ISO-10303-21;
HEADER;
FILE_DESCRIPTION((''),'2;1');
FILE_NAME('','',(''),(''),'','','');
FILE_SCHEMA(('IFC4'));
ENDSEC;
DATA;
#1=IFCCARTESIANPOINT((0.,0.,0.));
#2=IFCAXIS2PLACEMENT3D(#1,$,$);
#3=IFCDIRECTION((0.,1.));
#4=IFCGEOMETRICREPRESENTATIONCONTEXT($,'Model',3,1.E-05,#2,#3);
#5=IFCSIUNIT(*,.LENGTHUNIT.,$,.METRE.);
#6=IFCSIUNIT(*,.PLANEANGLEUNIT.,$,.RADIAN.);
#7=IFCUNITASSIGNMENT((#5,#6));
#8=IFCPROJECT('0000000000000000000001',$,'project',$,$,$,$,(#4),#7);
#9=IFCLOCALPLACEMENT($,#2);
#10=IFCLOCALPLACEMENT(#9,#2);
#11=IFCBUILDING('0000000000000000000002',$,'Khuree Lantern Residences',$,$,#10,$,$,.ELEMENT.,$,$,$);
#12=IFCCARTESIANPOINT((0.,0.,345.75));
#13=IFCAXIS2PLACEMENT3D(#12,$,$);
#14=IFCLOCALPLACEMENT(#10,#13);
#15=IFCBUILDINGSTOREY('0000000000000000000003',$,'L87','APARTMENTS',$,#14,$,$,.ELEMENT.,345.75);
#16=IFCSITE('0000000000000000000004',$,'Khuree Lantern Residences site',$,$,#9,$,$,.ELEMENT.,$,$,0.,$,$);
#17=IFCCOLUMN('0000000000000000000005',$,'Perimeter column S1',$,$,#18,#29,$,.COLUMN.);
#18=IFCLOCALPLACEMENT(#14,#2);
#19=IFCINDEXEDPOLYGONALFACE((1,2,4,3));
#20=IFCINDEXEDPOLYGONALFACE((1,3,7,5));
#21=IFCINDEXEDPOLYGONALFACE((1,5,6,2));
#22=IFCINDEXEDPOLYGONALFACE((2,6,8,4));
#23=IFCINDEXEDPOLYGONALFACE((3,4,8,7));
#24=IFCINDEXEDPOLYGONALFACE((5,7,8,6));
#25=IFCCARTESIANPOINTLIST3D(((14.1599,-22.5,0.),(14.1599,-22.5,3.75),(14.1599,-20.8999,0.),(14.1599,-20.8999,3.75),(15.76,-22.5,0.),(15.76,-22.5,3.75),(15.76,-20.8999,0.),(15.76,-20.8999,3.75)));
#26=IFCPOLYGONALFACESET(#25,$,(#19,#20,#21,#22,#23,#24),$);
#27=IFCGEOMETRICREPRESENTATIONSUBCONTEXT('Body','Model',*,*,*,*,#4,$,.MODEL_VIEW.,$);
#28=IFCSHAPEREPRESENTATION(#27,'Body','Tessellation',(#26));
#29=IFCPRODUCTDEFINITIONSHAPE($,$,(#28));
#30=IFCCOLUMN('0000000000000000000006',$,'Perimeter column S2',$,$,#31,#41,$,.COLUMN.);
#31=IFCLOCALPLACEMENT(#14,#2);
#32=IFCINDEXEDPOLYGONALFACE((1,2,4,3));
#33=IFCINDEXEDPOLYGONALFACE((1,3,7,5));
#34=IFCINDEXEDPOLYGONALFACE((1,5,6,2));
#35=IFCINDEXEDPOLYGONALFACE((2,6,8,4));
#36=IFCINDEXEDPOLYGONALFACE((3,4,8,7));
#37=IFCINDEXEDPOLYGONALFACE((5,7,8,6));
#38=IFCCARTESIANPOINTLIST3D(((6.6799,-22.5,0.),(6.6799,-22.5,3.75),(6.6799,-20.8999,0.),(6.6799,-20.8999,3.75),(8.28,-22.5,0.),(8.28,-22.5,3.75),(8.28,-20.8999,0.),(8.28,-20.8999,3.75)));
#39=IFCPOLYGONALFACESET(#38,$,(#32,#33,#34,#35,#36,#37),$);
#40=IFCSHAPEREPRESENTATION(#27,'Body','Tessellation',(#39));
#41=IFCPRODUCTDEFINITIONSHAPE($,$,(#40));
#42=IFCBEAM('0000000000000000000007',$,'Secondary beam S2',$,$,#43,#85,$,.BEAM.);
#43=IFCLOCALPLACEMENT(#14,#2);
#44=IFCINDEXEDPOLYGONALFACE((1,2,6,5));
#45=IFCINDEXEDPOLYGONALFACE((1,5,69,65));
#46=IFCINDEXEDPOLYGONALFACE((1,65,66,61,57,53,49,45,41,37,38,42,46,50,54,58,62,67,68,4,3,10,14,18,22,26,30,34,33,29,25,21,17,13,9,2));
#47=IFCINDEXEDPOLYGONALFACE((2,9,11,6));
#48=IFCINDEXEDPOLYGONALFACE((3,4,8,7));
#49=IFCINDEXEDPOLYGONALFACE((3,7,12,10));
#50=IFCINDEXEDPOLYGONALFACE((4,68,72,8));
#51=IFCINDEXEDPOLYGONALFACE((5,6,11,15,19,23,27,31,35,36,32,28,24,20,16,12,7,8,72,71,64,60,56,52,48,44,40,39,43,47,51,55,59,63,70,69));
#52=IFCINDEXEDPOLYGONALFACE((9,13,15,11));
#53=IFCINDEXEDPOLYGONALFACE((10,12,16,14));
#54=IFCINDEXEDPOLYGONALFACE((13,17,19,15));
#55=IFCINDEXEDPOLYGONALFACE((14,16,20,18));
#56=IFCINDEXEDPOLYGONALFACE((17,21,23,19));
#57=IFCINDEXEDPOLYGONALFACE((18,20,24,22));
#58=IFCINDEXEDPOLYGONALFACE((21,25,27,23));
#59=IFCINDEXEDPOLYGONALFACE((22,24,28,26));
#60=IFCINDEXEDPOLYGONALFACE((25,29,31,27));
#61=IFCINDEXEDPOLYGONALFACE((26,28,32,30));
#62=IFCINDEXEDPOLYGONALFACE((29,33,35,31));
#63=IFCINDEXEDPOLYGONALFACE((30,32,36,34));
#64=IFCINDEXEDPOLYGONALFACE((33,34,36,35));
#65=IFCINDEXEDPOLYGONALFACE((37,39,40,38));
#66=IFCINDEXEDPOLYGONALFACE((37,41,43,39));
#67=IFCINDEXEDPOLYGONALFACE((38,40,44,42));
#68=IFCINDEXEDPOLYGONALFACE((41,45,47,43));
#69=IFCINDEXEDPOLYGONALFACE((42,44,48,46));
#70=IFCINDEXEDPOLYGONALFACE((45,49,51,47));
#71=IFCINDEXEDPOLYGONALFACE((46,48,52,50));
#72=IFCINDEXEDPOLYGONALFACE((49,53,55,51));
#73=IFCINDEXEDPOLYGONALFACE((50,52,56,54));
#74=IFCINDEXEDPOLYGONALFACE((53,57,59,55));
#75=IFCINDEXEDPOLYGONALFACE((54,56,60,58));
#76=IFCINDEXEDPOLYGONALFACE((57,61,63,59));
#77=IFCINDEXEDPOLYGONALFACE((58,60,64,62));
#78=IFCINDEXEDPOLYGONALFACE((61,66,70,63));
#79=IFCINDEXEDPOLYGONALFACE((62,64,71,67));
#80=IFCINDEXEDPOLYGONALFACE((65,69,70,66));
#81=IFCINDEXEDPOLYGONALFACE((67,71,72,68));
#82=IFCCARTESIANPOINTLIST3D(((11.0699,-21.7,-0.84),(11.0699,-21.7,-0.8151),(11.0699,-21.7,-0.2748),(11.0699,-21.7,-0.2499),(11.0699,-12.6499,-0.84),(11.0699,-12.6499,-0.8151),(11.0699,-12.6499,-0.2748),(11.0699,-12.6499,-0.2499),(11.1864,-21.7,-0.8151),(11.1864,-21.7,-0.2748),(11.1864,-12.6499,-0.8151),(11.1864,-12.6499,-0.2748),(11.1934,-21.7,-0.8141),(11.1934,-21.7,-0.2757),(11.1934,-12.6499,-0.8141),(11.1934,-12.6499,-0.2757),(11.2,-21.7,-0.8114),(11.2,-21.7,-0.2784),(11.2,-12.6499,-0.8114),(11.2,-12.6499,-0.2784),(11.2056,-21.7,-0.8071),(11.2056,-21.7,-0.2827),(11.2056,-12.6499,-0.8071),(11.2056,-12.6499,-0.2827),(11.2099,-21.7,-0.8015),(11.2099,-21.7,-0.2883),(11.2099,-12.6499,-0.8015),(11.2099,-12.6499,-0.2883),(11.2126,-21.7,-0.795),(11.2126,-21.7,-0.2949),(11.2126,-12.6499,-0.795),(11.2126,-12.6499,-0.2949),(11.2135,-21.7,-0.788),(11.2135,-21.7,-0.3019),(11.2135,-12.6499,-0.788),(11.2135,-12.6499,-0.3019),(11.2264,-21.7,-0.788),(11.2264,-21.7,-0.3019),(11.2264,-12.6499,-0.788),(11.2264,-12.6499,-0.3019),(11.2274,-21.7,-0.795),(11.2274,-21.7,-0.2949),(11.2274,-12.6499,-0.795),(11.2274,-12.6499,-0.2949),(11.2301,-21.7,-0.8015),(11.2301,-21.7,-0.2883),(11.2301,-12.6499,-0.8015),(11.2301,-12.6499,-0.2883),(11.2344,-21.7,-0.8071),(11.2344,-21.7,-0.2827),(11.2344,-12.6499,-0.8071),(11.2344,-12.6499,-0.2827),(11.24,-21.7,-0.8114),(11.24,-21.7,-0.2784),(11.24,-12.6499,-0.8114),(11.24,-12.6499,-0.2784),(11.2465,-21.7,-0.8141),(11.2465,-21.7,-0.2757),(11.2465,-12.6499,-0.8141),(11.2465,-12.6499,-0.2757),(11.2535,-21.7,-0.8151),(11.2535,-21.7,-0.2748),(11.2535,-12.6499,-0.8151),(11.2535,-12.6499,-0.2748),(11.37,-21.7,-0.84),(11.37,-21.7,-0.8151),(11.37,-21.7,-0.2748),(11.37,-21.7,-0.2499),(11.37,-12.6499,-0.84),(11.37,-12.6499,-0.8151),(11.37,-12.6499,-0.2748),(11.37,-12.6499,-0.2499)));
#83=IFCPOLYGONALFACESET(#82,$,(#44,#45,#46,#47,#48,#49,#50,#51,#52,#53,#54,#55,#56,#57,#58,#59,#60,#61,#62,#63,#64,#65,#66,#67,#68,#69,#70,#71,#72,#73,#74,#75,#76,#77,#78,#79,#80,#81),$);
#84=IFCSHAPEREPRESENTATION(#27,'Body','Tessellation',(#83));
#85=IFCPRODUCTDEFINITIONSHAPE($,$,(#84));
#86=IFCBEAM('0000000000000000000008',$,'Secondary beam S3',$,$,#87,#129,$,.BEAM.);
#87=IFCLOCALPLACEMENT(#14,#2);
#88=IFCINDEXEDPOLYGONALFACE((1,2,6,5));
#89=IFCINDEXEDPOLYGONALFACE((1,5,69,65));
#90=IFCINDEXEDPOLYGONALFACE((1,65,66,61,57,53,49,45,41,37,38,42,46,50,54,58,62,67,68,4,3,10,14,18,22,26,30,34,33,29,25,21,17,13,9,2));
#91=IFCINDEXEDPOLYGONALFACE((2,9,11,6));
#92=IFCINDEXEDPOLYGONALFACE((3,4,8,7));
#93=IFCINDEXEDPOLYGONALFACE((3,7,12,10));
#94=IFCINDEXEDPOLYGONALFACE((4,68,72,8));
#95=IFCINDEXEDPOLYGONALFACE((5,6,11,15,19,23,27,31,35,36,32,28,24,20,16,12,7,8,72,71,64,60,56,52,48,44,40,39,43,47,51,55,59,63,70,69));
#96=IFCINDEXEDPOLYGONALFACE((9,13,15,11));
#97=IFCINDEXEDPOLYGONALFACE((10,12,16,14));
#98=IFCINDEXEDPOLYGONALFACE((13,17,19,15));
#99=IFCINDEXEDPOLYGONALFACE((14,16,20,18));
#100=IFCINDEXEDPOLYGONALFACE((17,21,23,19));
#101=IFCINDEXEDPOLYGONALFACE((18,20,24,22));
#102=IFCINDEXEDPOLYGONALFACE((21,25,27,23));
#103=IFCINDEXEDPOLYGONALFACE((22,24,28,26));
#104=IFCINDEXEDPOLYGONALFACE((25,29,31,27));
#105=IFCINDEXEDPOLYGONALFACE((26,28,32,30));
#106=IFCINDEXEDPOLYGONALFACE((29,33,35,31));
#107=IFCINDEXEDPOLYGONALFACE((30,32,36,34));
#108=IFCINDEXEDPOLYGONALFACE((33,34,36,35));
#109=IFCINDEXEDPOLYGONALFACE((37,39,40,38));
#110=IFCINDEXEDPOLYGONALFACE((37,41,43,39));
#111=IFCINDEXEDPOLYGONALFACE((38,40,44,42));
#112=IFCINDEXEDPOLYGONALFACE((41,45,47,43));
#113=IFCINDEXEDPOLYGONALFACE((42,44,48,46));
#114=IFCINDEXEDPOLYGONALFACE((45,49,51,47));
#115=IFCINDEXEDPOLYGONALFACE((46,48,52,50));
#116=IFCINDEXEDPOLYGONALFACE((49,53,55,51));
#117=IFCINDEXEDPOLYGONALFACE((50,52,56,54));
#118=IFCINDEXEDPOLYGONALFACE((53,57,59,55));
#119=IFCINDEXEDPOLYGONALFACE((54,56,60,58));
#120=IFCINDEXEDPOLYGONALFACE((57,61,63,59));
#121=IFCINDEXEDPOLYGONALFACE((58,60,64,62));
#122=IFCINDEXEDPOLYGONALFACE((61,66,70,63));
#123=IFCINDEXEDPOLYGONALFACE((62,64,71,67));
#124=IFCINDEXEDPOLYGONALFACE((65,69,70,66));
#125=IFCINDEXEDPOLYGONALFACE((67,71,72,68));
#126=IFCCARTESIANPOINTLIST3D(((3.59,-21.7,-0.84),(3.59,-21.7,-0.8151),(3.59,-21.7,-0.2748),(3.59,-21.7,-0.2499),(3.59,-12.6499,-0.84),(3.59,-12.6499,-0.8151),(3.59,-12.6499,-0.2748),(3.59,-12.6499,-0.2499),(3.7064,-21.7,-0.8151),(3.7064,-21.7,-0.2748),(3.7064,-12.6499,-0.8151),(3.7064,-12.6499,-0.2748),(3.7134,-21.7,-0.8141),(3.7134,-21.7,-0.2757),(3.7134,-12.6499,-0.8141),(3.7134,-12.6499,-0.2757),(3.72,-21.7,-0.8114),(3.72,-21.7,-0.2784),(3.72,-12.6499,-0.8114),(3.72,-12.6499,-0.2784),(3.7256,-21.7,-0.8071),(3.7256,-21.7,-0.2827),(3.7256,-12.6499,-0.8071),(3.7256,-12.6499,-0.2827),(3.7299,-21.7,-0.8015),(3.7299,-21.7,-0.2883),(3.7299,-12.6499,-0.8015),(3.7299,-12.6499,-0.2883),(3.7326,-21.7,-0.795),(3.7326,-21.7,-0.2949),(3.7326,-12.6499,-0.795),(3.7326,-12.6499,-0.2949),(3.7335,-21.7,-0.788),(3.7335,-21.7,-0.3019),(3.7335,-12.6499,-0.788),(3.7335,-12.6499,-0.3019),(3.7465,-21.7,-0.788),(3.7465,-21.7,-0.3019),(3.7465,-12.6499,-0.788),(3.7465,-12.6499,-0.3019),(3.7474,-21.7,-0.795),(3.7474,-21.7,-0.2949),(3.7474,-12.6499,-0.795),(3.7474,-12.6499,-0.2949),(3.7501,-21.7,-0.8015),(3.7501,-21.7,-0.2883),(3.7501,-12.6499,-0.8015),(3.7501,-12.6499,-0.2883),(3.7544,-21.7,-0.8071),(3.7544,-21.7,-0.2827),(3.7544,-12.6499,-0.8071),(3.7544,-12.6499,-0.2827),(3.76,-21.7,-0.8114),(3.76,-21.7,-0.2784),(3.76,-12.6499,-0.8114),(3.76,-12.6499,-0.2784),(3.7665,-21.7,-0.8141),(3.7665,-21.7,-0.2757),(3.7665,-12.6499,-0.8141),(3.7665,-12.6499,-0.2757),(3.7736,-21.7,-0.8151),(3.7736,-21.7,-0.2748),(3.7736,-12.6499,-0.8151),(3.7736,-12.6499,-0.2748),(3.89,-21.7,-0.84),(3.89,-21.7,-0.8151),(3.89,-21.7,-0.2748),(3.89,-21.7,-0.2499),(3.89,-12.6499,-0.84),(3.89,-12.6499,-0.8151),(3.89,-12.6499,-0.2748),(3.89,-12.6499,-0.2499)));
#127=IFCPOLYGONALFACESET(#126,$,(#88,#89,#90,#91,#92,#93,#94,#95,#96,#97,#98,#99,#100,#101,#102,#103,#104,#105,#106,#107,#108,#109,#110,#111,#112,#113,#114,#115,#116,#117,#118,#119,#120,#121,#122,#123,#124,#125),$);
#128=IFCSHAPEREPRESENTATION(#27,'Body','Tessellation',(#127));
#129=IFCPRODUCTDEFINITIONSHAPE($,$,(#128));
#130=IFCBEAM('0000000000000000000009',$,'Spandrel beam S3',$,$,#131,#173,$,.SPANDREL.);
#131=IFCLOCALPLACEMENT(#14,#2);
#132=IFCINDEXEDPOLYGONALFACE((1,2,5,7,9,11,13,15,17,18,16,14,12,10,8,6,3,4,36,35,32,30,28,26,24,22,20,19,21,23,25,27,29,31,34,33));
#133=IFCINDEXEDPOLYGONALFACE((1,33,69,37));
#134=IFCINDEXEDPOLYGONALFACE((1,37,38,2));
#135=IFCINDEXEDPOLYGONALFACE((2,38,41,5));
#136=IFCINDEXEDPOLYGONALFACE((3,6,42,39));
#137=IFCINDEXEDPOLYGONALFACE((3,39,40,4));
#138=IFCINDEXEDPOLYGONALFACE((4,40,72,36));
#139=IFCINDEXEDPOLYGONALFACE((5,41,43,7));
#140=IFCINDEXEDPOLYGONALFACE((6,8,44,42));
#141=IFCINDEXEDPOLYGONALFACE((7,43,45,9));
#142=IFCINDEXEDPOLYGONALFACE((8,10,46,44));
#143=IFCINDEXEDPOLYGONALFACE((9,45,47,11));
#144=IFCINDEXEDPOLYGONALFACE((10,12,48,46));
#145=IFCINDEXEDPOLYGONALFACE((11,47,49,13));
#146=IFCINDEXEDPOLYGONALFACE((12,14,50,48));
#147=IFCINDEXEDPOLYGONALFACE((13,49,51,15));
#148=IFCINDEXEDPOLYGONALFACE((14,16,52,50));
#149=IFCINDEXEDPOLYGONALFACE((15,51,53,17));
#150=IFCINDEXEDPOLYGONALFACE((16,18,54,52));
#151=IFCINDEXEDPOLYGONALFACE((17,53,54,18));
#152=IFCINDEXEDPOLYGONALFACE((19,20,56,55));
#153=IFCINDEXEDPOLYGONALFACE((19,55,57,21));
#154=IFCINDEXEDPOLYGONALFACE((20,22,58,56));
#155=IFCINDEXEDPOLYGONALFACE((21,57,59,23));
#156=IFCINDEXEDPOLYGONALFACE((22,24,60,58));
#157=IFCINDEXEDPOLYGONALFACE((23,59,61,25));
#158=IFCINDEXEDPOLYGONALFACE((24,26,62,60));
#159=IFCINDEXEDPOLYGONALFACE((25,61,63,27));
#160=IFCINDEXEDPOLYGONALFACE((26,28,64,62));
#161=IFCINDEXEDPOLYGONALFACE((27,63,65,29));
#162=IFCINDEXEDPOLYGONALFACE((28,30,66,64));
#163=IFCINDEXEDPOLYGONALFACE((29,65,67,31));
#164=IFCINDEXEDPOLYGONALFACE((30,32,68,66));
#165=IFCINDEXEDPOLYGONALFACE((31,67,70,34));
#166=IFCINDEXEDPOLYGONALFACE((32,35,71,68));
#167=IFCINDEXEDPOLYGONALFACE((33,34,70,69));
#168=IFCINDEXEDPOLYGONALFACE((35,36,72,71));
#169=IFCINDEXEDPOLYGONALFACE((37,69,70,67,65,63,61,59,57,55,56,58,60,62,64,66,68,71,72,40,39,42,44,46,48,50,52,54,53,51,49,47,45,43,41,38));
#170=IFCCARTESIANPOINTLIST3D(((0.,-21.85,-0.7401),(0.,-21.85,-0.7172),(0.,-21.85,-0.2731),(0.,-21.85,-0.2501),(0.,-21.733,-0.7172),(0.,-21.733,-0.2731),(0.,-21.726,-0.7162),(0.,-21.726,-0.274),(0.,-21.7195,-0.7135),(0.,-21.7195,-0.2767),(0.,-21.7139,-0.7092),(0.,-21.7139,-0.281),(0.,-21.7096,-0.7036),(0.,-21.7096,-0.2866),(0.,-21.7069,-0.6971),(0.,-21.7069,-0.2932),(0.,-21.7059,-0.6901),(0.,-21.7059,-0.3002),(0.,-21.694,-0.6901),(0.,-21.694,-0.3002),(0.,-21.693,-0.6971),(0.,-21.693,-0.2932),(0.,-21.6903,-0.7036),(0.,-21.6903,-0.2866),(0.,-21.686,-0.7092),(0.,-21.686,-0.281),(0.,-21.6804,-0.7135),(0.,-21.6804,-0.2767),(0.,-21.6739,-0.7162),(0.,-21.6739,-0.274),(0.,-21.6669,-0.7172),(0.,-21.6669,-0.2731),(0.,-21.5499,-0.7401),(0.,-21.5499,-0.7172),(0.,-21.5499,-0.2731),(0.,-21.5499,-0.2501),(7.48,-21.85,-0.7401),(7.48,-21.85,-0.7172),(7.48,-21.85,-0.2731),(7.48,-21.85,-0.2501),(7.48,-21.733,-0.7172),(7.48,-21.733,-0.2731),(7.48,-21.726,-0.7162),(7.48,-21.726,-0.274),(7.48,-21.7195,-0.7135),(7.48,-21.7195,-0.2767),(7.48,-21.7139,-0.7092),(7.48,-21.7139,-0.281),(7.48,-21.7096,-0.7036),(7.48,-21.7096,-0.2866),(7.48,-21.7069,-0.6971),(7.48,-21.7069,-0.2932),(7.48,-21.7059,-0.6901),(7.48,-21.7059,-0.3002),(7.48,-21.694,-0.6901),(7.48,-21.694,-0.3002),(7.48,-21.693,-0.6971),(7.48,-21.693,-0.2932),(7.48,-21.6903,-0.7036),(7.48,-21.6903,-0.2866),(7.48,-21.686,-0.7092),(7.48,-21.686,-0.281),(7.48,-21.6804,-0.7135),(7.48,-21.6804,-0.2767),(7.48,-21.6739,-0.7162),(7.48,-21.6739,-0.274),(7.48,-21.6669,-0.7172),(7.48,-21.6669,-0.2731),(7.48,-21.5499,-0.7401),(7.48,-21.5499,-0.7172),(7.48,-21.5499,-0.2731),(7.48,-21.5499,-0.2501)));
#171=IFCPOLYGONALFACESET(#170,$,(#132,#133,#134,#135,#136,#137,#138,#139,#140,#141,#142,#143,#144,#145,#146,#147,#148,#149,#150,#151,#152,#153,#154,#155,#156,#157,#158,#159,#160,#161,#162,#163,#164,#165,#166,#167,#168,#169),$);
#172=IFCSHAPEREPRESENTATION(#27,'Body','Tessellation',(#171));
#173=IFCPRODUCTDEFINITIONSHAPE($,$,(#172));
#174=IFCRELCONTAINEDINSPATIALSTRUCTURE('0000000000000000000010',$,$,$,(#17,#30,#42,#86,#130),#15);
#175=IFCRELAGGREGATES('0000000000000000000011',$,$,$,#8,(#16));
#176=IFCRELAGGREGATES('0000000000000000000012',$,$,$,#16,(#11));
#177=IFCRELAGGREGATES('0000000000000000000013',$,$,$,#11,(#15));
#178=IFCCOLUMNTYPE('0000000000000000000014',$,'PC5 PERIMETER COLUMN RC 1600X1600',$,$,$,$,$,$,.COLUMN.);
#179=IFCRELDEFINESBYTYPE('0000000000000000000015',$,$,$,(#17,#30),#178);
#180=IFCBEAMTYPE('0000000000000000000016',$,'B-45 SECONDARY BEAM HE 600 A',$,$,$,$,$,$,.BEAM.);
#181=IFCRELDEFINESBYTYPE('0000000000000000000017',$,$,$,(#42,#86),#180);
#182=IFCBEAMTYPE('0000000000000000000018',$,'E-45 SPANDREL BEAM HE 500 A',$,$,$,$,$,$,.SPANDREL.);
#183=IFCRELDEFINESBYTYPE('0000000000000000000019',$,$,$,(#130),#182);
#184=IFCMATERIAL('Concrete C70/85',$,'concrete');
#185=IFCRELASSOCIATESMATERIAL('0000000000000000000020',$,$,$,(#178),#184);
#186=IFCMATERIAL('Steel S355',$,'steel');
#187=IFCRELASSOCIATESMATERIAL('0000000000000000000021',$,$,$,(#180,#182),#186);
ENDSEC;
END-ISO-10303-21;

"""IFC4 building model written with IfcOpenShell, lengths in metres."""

from ifc_helpers import new_model, si_unit, direction, frame, origin, origin_2d, place, context, subcontext, project, spatial, rectangle, i_section, extrude, material, material_profile, profile_set, type_object, element, save


model = new_model("IFC4")

# Units and contexts
model_context = context("Model", 3, precision=1e-05, world=origin(), true_north=direction((0.0, 1.0)))
body_context = subcontext(model_context, "Body", "Model", "MODEL_VIEW")
ifc_project = project(units=[si_unit("LENGTHUNIT", "METRE"), si_unit("PLANEANGLEUNIT", "RADIAN")], contexts=[model_context])

# Site, building, storey
site_placement = place(None, origin())
site = spatial("IfcSite", under=ifc_project, at=site_placement, Name="Khuree Lantern Residences site", CompositionType="ELEMENT", RefElevation=0.0)
building_placement = place(site_placement, origin())
building = spatial("IfcBuilding", under=site, at=building_placement, Name="Khuree Lantern Residences", CompositionType="ELEMENT")
storey_placement = place(building_placement, frame((0.0, 0.0, 345.75)))
storey = spatial("IfcBuildingStorey", under=building, at=storey_placement, Name="L87", Description="APARTMENTS", CompositionType="ELEMENT", Elevation=345.75)

# Columns
ifc_material_1 = material(Name="Concrete C70/85", Category="concrete")
ifc_material_profile_1 = material_profile(ifc_material_1, rectangle(XDim=1.6001, YDim=1.6001, at=origin_2d()), Name="RC 1600X1600")
ifc_profile_set_1 = profile_set([ifc_material_profile_1], Name="Concrete C70/85")
column_type = type_object("IfcColumnType", Name="PC5 PERIMETER COLUMN RC 1600X1600", PredefinedType="COLUMN", material=ifc_profile_set_1)
for number, where, z_axis, x_axis, name in (
    (1, (14.96, -21.7, 0.0), (0.0, 0.0, 1.0), (1.0, 0.0, 0.0), "Perimeter column S1"),
    (2, (7.48, -21.7, 0.0), (0.0, 0.0, 1.0), (1.0, 0.0, 0.0), "Perimeter column S2"),
):
    element("IfcColumn", number, at=place(storey_placement, frame(where, z_axis=z_axis, x_axis=x_axis)), inside=storey, type_object=column_type, Name=name, PredefinedType="COLUMN", context=body_context, shape_type="SweptSolid", body=[
        extrude(rectangle(XDim=1.6001, YDim=1.6001, at=origin_2d()), origin(), (0.0, 0.0, 1.0), 3.75),
    ])

# Beams
ifc_material_2 = material(Name="Steel S355", Category="steel")
ifc_material_profile_2 = material_profile(ifc_material_2, i_section(OverallWidth=0.3, OverallDepth=0.5901, WebThickness=0.0129, FlangeThickness=0.0249, FilletRadius=0.0271, at=origin_2d()), Name="HE 600 A")
ifc_profile_set_2 = profile_set([ifc_material_profile_2], Name="Steel S355")
beam_type_1 = type_object("IfcBeamType", Name="B-45 SECONDARY BEAM HE 600 A", PredefinedType="BEAM", material=ifc_profile_set_2)
for number, where, z_axis, x_axis, name in (
    (3, (11.22, -21.7, -0.5449), (0.0, 1.0, 0.0), (-1.0, 0.0, 0.0), "Secondary beam S2"),
    (4, (3.74, -21.7, -0.5449), (0.0, 1.0, 0.0), (-1.0, 0.0, 0.0), "Secondary beam S3"),
):
    element("IfcBeam", number, at=place(storey_placement, frame(where, z_axis=z_axis, x_axis=x_axis)), inside=storey, type_object=beam_type_1, Name=name, PredefinedType="BEAM", context=body_context, shape_type="SweptSolid", body=[
        extrude(i_section(OverallWidth=0.3, OverallDepth=0.5901, WebThickness=0.0129, FlangeThickness=0.0249, FilletRadius=0.0271, at=origin_2d()), origin(), (0.0, 0.0, 1.0), 9.05),
    ])
ifc_material_profile_3 = material_profile(ifc_material_2, i_section(OverallWidth=0.3, OverallDepth=0.49, WebThickness=0.012, FlangeThickness=0.0229, FilletRadius=0.0271, at=origin_2d()), Name="HE 500 A")
ifc_profile_set_3 = profile_set([ifc_material_profile_3], Name="Steel S355")
beam_type_2 = type_object("IfcBeamType", Name="E-45 SPANDREL BEAM HE 500 A", PredefinedType="SPANDREL", material=ifc_profile_set_3)
for number, where, z_axis, x_axis, name in (
    (5, (7.48, -21.7, -0.4951), (-1.0, 0.0, 0.0), (0.0, -1.0, 0.0), "Spandrel beam S3"),
):
    element("IfcBeam", number, at=place(storey_placement, frame(where, z_axis=z_axis, x_axis=x_axis)), inside=storey, type_object=beam_type_2, Name=name, PredefinedType="SPANDREL", context=body_context, shape_type="SweptSolid", body=[
        extrude(i_section(OverallWidth=0.3, OverallDepth=0.49, WebThickness=0.012, FlangeThickness=0.0229, FilletRadius=0.0271, at=origin_2d()), origin(), (0.0, 0.0, 1.0), 7.48),
    ])

save(model, "model.ifc")
